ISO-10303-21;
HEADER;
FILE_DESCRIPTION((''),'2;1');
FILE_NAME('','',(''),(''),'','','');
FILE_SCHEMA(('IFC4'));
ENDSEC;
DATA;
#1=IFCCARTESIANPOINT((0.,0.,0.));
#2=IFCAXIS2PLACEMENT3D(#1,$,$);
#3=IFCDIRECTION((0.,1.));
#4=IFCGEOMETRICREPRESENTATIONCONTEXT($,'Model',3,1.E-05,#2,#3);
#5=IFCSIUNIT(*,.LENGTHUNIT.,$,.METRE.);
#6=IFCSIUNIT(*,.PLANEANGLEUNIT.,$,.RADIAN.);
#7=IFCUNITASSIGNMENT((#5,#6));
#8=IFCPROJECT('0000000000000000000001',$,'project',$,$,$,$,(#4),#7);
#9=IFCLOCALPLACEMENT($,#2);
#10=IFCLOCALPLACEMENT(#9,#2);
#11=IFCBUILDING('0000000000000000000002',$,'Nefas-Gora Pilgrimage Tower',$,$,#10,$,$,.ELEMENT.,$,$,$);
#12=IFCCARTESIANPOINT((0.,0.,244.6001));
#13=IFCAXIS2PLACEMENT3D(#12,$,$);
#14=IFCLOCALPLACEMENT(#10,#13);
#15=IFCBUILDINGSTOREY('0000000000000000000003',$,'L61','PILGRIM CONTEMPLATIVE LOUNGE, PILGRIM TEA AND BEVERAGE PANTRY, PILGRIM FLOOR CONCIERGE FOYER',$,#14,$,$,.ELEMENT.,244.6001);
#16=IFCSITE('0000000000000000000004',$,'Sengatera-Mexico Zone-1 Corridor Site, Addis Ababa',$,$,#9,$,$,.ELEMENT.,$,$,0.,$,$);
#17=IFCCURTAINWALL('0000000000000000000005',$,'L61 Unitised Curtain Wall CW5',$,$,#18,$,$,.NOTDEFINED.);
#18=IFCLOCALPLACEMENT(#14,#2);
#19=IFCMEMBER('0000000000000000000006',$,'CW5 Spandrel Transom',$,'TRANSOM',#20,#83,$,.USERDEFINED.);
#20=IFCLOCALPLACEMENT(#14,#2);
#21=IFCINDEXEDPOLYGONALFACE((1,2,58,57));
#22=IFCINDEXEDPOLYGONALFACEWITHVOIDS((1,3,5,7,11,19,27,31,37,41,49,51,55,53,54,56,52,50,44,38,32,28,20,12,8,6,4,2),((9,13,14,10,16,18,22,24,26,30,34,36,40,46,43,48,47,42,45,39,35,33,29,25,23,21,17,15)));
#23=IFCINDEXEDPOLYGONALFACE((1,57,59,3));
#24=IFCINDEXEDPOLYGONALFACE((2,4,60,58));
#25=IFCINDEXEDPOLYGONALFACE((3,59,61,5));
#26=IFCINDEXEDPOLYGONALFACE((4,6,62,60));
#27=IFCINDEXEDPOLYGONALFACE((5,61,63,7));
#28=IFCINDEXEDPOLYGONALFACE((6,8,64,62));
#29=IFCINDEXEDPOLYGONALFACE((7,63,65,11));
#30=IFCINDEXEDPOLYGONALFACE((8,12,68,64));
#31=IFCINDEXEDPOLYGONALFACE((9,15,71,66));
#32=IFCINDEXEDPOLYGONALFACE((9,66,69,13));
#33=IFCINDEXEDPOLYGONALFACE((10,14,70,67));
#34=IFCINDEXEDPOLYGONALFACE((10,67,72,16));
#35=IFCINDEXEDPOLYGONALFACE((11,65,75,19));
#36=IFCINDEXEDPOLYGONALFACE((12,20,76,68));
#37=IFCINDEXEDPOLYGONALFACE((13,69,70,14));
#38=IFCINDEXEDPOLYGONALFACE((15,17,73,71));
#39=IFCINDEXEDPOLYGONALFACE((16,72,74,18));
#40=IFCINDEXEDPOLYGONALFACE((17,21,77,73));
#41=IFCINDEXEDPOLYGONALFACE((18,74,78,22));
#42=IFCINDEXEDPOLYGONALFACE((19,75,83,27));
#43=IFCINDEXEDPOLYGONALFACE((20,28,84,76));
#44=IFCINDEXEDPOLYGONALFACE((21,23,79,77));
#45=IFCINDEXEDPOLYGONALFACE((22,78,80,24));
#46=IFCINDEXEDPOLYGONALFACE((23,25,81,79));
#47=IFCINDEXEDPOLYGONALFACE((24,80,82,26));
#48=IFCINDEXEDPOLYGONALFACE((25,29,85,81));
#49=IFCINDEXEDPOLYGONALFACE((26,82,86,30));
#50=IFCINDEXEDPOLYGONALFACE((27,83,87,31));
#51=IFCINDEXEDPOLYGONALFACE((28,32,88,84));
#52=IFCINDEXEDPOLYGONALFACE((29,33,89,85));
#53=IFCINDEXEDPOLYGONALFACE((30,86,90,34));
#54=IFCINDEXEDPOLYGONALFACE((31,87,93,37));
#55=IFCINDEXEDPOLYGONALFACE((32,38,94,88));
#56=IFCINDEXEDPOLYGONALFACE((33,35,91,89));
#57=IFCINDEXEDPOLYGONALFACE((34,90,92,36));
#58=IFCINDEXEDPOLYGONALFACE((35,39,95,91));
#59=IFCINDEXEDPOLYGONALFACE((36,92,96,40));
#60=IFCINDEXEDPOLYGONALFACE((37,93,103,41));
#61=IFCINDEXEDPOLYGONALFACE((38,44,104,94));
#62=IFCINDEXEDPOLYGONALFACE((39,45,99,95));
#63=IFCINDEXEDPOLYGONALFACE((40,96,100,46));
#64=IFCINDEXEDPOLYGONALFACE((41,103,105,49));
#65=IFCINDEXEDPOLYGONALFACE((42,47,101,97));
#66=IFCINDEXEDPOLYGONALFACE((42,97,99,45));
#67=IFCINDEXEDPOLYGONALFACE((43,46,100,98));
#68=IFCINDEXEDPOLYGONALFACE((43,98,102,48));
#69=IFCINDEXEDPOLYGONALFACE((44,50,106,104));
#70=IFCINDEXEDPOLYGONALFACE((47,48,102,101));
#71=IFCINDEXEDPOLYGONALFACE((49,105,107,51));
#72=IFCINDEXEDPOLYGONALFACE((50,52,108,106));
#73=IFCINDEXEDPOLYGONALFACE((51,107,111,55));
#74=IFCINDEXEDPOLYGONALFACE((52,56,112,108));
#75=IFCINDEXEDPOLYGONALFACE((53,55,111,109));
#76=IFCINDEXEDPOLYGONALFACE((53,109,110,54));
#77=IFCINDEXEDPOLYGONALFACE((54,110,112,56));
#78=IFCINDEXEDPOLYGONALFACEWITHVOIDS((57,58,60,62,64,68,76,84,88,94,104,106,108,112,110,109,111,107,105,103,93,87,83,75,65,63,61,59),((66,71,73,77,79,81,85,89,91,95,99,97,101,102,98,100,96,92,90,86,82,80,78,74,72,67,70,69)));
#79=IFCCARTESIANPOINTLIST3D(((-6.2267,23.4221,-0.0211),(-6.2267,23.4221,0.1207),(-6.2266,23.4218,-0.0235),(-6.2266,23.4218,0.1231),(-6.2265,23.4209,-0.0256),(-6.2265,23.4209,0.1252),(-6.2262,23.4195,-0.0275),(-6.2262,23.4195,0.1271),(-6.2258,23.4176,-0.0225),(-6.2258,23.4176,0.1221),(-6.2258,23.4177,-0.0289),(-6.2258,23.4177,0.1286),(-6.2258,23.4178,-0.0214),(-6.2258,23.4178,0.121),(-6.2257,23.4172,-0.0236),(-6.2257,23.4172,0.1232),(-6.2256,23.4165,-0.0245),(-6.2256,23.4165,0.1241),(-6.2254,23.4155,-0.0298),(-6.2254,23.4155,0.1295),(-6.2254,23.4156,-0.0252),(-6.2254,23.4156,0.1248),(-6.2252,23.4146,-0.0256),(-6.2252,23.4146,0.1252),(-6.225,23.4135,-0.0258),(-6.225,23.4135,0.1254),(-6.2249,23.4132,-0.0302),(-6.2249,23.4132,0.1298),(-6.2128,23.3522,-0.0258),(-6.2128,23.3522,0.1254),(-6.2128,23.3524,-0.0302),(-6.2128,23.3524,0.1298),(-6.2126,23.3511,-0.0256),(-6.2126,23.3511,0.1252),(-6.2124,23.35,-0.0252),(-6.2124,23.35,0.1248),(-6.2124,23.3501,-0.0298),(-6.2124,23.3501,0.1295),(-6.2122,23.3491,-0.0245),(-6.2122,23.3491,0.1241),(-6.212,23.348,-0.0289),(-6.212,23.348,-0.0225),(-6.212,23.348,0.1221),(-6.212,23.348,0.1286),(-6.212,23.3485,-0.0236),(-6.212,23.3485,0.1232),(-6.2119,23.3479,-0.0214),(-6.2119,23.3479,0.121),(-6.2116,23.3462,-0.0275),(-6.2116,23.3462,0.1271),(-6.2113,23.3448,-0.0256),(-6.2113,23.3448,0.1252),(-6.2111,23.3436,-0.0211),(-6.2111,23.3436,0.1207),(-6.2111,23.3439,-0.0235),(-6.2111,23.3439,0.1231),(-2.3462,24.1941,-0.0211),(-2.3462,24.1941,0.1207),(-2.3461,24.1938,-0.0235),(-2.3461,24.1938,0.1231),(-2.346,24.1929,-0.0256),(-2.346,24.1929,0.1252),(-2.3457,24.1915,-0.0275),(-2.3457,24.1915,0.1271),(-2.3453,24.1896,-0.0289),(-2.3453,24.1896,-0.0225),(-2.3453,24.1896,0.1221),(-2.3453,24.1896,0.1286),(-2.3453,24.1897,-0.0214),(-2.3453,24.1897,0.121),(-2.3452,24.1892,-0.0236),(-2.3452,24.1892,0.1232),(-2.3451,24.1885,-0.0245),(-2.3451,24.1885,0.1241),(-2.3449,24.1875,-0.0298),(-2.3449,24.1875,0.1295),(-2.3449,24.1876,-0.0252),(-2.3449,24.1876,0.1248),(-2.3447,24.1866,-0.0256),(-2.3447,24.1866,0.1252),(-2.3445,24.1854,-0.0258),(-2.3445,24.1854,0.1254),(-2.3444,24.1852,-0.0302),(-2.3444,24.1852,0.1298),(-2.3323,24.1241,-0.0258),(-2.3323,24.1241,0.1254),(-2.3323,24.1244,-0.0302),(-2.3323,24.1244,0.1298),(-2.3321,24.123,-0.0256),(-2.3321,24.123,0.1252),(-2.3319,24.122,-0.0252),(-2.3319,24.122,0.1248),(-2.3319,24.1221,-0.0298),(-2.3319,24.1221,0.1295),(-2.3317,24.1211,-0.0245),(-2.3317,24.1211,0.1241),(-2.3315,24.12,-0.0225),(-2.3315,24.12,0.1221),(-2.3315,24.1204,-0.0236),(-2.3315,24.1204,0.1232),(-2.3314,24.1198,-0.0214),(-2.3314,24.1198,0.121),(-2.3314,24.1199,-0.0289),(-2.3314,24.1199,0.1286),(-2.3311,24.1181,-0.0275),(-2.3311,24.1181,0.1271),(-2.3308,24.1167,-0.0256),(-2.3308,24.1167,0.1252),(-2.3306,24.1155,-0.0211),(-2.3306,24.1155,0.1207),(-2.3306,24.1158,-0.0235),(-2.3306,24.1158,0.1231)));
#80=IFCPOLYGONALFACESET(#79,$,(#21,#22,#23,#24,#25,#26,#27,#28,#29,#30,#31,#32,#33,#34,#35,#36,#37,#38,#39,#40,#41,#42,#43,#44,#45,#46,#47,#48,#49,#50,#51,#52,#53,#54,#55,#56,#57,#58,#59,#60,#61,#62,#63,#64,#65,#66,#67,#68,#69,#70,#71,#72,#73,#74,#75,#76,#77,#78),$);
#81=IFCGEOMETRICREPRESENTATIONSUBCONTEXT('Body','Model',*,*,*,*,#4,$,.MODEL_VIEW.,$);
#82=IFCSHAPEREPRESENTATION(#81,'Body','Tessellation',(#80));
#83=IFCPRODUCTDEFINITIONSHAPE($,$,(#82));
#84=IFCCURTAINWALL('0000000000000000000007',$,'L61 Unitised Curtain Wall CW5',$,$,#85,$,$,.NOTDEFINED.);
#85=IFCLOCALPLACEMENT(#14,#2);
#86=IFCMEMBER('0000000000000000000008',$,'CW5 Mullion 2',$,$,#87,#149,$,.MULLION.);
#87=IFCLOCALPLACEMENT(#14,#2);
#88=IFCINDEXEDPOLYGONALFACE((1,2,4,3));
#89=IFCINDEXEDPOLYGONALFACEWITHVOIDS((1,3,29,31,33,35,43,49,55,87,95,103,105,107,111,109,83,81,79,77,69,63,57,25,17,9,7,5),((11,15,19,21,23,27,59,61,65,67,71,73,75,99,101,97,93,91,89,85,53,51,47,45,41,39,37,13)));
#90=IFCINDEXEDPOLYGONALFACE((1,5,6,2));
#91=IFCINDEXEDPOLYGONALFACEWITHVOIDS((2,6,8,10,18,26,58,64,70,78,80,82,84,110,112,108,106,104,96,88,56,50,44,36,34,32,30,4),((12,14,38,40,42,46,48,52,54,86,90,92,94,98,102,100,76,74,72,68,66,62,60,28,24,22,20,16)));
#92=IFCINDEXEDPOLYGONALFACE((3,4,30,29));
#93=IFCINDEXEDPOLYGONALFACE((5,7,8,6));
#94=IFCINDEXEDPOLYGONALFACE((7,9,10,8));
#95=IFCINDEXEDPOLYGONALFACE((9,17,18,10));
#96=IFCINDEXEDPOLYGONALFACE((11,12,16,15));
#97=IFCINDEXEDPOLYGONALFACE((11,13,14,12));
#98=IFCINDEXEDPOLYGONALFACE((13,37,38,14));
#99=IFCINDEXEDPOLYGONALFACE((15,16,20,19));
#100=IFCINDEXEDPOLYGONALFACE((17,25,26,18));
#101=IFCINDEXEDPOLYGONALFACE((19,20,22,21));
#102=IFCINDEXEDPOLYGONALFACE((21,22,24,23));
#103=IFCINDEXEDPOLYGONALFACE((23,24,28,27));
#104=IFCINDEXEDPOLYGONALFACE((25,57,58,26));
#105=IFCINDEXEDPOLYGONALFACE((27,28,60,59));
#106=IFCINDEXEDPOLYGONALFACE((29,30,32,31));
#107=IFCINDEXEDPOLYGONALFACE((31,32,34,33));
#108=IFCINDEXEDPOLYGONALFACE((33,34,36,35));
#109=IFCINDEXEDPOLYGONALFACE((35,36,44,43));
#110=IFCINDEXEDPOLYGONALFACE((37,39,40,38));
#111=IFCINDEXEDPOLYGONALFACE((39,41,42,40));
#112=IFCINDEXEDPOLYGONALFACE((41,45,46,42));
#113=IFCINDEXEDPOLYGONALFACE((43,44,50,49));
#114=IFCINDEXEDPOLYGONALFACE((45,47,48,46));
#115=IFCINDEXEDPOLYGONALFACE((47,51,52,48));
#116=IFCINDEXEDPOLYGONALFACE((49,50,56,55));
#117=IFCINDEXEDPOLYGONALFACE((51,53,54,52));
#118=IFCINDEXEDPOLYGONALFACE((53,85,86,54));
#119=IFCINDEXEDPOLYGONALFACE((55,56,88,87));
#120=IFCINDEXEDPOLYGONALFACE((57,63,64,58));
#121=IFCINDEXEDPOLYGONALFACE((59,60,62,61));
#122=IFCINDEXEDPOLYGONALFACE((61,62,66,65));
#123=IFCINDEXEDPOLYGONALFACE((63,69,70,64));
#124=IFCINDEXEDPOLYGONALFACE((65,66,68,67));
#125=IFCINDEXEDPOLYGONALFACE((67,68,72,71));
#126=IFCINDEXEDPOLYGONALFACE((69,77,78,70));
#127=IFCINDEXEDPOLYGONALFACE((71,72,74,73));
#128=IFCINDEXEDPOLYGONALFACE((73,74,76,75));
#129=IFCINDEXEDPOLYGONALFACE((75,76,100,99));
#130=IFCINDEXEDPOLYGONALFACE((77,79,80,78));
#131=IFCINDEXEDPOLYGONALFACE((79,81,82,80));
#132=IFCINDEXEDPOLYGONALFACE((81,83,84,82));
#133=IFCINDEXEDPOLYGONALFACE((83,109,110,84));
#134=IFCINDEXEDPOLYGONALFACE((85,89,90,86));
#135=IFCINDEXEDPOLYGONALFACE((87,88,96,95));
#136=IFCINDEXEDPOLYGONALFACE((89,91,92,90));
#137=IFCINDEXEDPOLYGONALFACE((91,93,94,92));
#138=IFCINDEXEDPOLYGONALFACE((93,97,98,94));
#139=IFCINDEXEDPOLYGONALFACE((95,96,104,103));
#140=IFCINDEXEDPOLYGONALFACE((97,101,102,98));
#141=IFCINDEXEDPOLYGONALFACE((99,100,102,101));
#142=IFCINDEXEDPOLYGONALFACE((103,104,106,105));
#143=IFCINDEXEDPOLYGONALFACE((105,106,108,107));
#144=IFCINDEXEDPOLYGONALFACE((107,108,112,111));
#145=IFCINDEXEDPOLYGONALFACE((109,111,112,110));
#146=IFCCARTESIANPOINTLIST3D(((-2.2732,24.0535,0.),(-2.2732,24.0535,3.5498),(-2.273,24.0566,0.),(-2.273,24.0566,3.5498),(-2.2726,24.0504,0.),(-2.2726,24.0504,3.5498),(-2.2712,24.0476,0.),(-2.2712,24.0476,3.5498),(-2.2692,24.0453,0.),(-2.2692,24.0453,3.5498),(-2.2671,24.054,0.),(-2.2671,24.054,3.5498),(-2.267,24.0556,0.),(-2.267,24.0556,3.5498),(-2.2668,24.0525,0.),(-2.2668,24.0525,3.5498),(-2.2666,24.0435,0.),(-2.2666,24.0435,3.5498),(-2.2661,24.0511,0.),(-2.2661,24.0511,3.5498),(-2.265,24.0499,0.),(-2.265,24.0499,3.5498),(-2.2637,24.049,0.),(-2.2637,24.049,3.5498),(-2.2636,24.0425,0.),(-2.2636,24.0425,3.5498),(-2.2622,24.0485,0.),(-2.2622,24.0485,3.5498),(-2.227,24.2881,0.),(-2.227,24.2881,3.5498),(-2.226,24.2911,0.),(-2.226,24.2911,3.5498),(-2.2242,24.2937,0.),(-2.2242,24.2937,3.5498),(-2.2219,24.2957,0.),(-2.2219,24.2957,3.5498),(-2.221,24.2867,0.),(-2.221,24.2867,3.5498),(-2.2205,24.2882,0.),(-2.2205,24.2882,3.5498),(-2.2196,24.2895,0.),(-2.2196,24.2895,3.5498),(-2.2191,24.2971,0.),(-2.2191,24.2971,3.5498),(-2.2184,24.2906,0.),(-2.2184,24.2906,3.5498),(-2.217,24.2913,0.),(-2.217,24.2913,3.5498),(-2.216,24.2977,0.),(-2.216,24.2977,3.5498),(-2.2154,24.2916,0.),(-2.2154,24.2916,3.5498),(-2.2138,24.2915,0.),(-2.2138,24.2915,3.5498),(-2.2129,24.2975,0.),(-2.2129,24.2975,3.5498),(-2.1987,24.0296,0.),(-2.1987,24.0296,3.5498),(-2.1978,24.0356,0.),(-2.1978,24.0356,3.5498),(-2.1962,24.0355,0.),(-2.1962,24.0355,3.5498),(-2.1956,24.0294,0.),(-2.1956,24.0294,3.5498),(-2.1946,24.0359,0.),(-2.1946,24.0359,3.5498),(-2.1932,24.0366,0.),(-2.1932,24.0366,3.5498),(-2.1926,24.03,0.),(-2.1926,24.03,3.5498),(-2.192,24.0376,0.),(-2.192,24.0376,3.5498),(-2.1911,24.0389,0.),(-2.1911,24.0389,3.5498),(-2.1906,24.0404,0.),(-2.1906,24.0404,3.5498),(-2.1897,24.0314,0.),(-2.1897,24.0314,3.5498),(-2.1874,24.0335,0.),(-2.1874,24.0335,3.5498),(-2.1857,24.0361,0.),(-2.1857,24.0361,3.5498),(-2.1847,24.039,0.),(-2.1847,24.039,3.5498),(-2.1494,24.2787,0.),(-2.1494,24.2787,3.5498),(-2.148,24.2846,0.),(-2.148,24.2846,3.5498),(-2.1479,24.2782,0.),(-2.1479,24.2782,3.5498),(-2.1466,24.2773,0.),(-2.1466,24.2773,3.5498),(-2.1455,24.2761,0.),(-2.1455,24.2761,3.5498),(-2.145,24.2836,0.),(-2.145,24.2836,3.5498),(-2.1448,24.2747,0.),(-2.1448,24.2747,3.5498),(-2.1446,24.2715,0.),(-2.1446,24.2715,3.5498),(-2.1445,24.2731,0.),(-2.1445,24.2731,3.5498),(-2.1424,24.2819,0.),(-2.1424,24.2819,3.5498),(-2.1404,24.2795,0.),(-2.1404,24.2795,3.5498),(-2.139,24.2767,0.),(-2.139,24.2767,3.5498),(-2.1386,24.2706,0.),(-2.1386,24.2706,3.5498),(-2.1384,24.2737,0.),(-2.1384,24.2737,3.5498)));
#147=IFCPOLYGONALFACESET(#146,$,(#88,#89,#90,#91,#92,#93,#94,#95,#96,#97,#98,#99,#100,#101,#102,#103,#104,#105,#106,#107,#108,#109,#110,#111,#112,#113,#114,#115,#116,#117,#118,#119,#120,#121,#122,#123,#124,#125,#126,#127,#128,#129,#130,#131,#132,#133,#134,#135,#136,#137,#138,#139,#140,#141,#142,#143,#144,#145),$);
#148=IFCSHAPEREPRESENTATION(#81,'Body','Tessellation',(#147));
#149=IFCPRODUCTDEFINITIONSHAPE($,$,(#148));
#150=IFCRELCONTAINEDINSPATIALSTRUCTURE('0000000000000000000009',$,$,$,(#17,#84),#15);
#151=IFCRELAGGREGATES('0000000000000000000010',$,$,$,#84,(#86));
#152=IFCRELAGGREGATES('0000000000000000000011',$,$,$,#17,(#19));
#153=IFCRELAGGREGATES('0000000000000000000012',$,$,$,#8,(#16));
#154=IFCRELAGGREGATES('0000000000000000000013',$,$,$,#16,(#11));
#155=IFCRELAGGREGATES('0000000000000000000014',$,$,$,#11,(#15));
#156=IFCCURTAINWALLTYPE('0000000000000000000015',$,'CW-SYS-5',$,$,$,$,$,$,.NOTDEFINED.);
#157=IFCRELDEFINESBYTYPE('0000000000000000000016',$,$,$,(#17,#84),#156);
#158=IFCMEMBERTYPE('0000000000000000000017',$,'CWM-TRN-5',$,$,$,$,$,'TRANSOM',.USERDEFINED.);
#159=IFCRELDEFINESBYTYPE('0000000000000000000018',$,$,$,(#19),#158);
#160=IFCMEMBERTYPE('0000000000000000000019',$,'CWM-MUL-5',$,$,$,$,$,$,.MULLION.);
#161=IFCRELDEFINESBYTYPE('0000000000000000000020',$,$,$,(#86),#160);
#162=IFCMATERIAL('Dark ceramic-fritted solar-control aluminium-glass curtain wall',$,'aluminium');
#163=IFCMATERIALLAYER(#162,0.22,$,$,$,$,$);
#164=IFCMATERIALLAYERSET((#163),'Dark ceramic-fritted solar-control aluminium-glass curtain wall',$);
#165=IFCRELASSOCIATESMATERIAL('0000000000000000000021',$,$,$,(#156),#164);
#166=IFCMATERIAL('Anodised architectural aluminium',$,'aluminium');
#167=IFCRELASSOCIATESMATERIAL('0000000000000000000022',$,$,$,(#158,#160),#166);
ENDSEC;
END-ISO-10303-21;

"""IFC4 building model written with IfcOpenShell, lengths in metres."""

from ifc_helpers import new_model, si_unit, direction, frame, origin, origin_2d, place, context, subcontext, project, spatial, hollow_rectangle, extrude, source, transform, mapped, material, layer, layer_set, material_profile, profile_set, type_object, element, aggregate, save


model = new_model("IFC4")

# Units and contexts
model_context = context("Model", 3, precision=1e-05, world=origin(), true_north=direction((0.0, 1.0)))
body_context = subcontext(model_context, "Body", "Model", "MODEL_VIEW")
ifc_project = project(units=[si_unit("LENGTHUNIT", "METRE"), si_unit("PLANEANGLEUNIT", "RADIAN")], contexts=[model_context])

# Site, building, storey
site_placement = place(None, origin())
site = spatial("IfcSite", under=ifc_project, at=site_placement, Name="Sengatera-Mexico Zone-1 Corridor Site, Addis Ababa", CompositionType="ELEMENT", RefElevation=0.0)
building_placement = place(site_placement, origin())
building = spatial("IfcBuilding", under=site, at=building_placement, Name="Nefas-Gora Pilgrimage Tower", CompositionType="ELEMENT")
storey_placement = place(building_placement, frame((0.0, 0.0, 244.6001)))
storey = spatial("IfcBuildingStorey", under=building, at=storey_placement, Name="L61", Description="PILGRIM CONTEMPLATIVE LOUNGE, PILGRIM TEA AND BEVERAGE PANTRY, PILGRIM FLOOR CONCIERGE FOYER", CompositionType="ELEMENT", Elevation=244.6001)

# Curtain walls, members
ifc_material_1 = material(Name="Dark ceramic-fritted solar-control aluminium-glass curtain wall", Category="aluminium")
ifc_layer_1 = layer(ifc_material_1, 0.22)
ifc_layer_set_1 = layer_set([ifc_layer_1], Name="Dark ceramic-fritted solar-control aluminium-glass curtain wall")
curtain_wall_type = type_object("IfcCurtainWallType", Name="CW-SYS-5", PredefinedType="NOTDEFINED", material=ifc_layer_set_1)
curtain_wall_1_placement = place(storey_placement, origin())
curtain_wall_1 = element("IfcCurtainWall", 1, at=curtain_wall_1_placement, inside=storey, type_object=curtain_wall_type, Name="L61 Unitised Curtain Wall CW5", PredefinedType="NOTDEFINED")
ifc_material_2 = material(Name="Anodised architectural aluminium", Category="aluminium")
ifc_material_profile_1 = material_profile(ifc_material_2, hollow_rectangle(XDim=0.0801, YDim=0.1599, WallThickness=0.0044, InnerFilletRadius=0.0044, OuterFilletRadius=0.009, at=origin_2d()), Name="ALU TRANSOM 80x160")
ifc_profile_set_1 = profile_set([ifc_material_profile_1], Name="Anodised architectural aluminium")
member_type_1 = type_object("IfcMemberType", Name="CWM-TRN-5", ElementType="TRANSOM", PredefinedType="USERDEFINED", material=ifc_profile_set_1)
shared_shape_1 = source(origin(), body_context, "Body", "SweptSolid", [
    extrude(hollow_rectangle(XDim=0.0801, YDim=0.1599, WallThickness=0.0044, InnerFilletRadius=0.0044, OuterFilletRadius=0.009, at=origin_2d()), origin(), (0.0, 0.0, 1.0), 3.9565),
])
member_1_placement = place(storey_placement, frame((-2.3384, 24.1548, 0.0498), z_axis=(-0.980782, -0.195107, 0.0), x_axis=(0.195107, -0.980782, 0.0)))
member_1 = element("IfcMember", 2, at=member_1_placement, type_object=member_type_1, Name="CW5 Spandrel Transom", ObjectType="TRANSOM", PredefinedType="USERDEFINED", context=body_context, shape_type="MappedRepresentation", body=[
    mapped(shared_shape_1, transform((0.0, 0.0, 0.0), x_axis=(1.0, 0.0, 0.0), y_axis=(0.0, 1.0, 0.0), z_axis=(0.0, 0.0, 1.0), scale=1.0)),
])
curtain_wall_2_placement = place(storey_placement, origin())
curtain_wall_2 = element("IfcCurtainWall", 3, at=curtain_wall_2_placement, inside=storey, type_object=curtain_wall_type, Name="L61 Unitised Curtain Wall CW5", PredefinedType="NOTDEFINED")
ifc_material_profile_2 = material_profile(ifc_material_2, hollow_rectangle(XDim=0.0901, YDim=0.26, WallThickness=0.0061, InnerFilletRadius=0.0061, OuterFilletRadius=0.012, at=origin_2d()), Name="ALU MULLION 90x260")
ifc_profile_set_2 = profile_set([ifc_material_profile_2], Name="Anodised architectural aluminium")
member_type_2 = type_object("IfcMemberType", Name="CWM-MUL-5", PredefinedType="MULLION", material=ifc_profile_set_2)
shared_shape_2 = source(origin(), body_context, "Body", "SweptSolid", [
    extrude(hollow_rectangle(XDim=0.0901, YDim=0.26, WallThickness=0.0061, InnerFilletRadius=0.0061, OuterFilletRadius=0.012, at=origin_2d()), origin(), (0.0, 0.0, 1.0), 3.5498),
])
member_2_placement = place(storey_placement, frame((-2.2058, 24.1636, 0.0), z_axis=(0.0, 0.0, 1.0), x_axis=(-0.980783, 0.195102, 0.0)))
member_2 = element("IfcMember", 4, at=member_2_placement, type_object=member_type_2, Name="CW5 Mullion 2", PredefinedType="MULLION", context=body_context, shape_type="MappedRepresentation", body=[
    mapped(shared_shape_2, transform((0.0, 0.0, 0.0), x_axis=(1.0, 0.0, 0.0), y_axis=(0.0, 1.0, 0.0), z_axis=(0.0, 0.0, 1.0), scale=1.0)),
])
aggregate(curtain_wall_2, [member_2])

aggregate(curtain_wall_1, [member_1])

save(model, "model.ifc")
